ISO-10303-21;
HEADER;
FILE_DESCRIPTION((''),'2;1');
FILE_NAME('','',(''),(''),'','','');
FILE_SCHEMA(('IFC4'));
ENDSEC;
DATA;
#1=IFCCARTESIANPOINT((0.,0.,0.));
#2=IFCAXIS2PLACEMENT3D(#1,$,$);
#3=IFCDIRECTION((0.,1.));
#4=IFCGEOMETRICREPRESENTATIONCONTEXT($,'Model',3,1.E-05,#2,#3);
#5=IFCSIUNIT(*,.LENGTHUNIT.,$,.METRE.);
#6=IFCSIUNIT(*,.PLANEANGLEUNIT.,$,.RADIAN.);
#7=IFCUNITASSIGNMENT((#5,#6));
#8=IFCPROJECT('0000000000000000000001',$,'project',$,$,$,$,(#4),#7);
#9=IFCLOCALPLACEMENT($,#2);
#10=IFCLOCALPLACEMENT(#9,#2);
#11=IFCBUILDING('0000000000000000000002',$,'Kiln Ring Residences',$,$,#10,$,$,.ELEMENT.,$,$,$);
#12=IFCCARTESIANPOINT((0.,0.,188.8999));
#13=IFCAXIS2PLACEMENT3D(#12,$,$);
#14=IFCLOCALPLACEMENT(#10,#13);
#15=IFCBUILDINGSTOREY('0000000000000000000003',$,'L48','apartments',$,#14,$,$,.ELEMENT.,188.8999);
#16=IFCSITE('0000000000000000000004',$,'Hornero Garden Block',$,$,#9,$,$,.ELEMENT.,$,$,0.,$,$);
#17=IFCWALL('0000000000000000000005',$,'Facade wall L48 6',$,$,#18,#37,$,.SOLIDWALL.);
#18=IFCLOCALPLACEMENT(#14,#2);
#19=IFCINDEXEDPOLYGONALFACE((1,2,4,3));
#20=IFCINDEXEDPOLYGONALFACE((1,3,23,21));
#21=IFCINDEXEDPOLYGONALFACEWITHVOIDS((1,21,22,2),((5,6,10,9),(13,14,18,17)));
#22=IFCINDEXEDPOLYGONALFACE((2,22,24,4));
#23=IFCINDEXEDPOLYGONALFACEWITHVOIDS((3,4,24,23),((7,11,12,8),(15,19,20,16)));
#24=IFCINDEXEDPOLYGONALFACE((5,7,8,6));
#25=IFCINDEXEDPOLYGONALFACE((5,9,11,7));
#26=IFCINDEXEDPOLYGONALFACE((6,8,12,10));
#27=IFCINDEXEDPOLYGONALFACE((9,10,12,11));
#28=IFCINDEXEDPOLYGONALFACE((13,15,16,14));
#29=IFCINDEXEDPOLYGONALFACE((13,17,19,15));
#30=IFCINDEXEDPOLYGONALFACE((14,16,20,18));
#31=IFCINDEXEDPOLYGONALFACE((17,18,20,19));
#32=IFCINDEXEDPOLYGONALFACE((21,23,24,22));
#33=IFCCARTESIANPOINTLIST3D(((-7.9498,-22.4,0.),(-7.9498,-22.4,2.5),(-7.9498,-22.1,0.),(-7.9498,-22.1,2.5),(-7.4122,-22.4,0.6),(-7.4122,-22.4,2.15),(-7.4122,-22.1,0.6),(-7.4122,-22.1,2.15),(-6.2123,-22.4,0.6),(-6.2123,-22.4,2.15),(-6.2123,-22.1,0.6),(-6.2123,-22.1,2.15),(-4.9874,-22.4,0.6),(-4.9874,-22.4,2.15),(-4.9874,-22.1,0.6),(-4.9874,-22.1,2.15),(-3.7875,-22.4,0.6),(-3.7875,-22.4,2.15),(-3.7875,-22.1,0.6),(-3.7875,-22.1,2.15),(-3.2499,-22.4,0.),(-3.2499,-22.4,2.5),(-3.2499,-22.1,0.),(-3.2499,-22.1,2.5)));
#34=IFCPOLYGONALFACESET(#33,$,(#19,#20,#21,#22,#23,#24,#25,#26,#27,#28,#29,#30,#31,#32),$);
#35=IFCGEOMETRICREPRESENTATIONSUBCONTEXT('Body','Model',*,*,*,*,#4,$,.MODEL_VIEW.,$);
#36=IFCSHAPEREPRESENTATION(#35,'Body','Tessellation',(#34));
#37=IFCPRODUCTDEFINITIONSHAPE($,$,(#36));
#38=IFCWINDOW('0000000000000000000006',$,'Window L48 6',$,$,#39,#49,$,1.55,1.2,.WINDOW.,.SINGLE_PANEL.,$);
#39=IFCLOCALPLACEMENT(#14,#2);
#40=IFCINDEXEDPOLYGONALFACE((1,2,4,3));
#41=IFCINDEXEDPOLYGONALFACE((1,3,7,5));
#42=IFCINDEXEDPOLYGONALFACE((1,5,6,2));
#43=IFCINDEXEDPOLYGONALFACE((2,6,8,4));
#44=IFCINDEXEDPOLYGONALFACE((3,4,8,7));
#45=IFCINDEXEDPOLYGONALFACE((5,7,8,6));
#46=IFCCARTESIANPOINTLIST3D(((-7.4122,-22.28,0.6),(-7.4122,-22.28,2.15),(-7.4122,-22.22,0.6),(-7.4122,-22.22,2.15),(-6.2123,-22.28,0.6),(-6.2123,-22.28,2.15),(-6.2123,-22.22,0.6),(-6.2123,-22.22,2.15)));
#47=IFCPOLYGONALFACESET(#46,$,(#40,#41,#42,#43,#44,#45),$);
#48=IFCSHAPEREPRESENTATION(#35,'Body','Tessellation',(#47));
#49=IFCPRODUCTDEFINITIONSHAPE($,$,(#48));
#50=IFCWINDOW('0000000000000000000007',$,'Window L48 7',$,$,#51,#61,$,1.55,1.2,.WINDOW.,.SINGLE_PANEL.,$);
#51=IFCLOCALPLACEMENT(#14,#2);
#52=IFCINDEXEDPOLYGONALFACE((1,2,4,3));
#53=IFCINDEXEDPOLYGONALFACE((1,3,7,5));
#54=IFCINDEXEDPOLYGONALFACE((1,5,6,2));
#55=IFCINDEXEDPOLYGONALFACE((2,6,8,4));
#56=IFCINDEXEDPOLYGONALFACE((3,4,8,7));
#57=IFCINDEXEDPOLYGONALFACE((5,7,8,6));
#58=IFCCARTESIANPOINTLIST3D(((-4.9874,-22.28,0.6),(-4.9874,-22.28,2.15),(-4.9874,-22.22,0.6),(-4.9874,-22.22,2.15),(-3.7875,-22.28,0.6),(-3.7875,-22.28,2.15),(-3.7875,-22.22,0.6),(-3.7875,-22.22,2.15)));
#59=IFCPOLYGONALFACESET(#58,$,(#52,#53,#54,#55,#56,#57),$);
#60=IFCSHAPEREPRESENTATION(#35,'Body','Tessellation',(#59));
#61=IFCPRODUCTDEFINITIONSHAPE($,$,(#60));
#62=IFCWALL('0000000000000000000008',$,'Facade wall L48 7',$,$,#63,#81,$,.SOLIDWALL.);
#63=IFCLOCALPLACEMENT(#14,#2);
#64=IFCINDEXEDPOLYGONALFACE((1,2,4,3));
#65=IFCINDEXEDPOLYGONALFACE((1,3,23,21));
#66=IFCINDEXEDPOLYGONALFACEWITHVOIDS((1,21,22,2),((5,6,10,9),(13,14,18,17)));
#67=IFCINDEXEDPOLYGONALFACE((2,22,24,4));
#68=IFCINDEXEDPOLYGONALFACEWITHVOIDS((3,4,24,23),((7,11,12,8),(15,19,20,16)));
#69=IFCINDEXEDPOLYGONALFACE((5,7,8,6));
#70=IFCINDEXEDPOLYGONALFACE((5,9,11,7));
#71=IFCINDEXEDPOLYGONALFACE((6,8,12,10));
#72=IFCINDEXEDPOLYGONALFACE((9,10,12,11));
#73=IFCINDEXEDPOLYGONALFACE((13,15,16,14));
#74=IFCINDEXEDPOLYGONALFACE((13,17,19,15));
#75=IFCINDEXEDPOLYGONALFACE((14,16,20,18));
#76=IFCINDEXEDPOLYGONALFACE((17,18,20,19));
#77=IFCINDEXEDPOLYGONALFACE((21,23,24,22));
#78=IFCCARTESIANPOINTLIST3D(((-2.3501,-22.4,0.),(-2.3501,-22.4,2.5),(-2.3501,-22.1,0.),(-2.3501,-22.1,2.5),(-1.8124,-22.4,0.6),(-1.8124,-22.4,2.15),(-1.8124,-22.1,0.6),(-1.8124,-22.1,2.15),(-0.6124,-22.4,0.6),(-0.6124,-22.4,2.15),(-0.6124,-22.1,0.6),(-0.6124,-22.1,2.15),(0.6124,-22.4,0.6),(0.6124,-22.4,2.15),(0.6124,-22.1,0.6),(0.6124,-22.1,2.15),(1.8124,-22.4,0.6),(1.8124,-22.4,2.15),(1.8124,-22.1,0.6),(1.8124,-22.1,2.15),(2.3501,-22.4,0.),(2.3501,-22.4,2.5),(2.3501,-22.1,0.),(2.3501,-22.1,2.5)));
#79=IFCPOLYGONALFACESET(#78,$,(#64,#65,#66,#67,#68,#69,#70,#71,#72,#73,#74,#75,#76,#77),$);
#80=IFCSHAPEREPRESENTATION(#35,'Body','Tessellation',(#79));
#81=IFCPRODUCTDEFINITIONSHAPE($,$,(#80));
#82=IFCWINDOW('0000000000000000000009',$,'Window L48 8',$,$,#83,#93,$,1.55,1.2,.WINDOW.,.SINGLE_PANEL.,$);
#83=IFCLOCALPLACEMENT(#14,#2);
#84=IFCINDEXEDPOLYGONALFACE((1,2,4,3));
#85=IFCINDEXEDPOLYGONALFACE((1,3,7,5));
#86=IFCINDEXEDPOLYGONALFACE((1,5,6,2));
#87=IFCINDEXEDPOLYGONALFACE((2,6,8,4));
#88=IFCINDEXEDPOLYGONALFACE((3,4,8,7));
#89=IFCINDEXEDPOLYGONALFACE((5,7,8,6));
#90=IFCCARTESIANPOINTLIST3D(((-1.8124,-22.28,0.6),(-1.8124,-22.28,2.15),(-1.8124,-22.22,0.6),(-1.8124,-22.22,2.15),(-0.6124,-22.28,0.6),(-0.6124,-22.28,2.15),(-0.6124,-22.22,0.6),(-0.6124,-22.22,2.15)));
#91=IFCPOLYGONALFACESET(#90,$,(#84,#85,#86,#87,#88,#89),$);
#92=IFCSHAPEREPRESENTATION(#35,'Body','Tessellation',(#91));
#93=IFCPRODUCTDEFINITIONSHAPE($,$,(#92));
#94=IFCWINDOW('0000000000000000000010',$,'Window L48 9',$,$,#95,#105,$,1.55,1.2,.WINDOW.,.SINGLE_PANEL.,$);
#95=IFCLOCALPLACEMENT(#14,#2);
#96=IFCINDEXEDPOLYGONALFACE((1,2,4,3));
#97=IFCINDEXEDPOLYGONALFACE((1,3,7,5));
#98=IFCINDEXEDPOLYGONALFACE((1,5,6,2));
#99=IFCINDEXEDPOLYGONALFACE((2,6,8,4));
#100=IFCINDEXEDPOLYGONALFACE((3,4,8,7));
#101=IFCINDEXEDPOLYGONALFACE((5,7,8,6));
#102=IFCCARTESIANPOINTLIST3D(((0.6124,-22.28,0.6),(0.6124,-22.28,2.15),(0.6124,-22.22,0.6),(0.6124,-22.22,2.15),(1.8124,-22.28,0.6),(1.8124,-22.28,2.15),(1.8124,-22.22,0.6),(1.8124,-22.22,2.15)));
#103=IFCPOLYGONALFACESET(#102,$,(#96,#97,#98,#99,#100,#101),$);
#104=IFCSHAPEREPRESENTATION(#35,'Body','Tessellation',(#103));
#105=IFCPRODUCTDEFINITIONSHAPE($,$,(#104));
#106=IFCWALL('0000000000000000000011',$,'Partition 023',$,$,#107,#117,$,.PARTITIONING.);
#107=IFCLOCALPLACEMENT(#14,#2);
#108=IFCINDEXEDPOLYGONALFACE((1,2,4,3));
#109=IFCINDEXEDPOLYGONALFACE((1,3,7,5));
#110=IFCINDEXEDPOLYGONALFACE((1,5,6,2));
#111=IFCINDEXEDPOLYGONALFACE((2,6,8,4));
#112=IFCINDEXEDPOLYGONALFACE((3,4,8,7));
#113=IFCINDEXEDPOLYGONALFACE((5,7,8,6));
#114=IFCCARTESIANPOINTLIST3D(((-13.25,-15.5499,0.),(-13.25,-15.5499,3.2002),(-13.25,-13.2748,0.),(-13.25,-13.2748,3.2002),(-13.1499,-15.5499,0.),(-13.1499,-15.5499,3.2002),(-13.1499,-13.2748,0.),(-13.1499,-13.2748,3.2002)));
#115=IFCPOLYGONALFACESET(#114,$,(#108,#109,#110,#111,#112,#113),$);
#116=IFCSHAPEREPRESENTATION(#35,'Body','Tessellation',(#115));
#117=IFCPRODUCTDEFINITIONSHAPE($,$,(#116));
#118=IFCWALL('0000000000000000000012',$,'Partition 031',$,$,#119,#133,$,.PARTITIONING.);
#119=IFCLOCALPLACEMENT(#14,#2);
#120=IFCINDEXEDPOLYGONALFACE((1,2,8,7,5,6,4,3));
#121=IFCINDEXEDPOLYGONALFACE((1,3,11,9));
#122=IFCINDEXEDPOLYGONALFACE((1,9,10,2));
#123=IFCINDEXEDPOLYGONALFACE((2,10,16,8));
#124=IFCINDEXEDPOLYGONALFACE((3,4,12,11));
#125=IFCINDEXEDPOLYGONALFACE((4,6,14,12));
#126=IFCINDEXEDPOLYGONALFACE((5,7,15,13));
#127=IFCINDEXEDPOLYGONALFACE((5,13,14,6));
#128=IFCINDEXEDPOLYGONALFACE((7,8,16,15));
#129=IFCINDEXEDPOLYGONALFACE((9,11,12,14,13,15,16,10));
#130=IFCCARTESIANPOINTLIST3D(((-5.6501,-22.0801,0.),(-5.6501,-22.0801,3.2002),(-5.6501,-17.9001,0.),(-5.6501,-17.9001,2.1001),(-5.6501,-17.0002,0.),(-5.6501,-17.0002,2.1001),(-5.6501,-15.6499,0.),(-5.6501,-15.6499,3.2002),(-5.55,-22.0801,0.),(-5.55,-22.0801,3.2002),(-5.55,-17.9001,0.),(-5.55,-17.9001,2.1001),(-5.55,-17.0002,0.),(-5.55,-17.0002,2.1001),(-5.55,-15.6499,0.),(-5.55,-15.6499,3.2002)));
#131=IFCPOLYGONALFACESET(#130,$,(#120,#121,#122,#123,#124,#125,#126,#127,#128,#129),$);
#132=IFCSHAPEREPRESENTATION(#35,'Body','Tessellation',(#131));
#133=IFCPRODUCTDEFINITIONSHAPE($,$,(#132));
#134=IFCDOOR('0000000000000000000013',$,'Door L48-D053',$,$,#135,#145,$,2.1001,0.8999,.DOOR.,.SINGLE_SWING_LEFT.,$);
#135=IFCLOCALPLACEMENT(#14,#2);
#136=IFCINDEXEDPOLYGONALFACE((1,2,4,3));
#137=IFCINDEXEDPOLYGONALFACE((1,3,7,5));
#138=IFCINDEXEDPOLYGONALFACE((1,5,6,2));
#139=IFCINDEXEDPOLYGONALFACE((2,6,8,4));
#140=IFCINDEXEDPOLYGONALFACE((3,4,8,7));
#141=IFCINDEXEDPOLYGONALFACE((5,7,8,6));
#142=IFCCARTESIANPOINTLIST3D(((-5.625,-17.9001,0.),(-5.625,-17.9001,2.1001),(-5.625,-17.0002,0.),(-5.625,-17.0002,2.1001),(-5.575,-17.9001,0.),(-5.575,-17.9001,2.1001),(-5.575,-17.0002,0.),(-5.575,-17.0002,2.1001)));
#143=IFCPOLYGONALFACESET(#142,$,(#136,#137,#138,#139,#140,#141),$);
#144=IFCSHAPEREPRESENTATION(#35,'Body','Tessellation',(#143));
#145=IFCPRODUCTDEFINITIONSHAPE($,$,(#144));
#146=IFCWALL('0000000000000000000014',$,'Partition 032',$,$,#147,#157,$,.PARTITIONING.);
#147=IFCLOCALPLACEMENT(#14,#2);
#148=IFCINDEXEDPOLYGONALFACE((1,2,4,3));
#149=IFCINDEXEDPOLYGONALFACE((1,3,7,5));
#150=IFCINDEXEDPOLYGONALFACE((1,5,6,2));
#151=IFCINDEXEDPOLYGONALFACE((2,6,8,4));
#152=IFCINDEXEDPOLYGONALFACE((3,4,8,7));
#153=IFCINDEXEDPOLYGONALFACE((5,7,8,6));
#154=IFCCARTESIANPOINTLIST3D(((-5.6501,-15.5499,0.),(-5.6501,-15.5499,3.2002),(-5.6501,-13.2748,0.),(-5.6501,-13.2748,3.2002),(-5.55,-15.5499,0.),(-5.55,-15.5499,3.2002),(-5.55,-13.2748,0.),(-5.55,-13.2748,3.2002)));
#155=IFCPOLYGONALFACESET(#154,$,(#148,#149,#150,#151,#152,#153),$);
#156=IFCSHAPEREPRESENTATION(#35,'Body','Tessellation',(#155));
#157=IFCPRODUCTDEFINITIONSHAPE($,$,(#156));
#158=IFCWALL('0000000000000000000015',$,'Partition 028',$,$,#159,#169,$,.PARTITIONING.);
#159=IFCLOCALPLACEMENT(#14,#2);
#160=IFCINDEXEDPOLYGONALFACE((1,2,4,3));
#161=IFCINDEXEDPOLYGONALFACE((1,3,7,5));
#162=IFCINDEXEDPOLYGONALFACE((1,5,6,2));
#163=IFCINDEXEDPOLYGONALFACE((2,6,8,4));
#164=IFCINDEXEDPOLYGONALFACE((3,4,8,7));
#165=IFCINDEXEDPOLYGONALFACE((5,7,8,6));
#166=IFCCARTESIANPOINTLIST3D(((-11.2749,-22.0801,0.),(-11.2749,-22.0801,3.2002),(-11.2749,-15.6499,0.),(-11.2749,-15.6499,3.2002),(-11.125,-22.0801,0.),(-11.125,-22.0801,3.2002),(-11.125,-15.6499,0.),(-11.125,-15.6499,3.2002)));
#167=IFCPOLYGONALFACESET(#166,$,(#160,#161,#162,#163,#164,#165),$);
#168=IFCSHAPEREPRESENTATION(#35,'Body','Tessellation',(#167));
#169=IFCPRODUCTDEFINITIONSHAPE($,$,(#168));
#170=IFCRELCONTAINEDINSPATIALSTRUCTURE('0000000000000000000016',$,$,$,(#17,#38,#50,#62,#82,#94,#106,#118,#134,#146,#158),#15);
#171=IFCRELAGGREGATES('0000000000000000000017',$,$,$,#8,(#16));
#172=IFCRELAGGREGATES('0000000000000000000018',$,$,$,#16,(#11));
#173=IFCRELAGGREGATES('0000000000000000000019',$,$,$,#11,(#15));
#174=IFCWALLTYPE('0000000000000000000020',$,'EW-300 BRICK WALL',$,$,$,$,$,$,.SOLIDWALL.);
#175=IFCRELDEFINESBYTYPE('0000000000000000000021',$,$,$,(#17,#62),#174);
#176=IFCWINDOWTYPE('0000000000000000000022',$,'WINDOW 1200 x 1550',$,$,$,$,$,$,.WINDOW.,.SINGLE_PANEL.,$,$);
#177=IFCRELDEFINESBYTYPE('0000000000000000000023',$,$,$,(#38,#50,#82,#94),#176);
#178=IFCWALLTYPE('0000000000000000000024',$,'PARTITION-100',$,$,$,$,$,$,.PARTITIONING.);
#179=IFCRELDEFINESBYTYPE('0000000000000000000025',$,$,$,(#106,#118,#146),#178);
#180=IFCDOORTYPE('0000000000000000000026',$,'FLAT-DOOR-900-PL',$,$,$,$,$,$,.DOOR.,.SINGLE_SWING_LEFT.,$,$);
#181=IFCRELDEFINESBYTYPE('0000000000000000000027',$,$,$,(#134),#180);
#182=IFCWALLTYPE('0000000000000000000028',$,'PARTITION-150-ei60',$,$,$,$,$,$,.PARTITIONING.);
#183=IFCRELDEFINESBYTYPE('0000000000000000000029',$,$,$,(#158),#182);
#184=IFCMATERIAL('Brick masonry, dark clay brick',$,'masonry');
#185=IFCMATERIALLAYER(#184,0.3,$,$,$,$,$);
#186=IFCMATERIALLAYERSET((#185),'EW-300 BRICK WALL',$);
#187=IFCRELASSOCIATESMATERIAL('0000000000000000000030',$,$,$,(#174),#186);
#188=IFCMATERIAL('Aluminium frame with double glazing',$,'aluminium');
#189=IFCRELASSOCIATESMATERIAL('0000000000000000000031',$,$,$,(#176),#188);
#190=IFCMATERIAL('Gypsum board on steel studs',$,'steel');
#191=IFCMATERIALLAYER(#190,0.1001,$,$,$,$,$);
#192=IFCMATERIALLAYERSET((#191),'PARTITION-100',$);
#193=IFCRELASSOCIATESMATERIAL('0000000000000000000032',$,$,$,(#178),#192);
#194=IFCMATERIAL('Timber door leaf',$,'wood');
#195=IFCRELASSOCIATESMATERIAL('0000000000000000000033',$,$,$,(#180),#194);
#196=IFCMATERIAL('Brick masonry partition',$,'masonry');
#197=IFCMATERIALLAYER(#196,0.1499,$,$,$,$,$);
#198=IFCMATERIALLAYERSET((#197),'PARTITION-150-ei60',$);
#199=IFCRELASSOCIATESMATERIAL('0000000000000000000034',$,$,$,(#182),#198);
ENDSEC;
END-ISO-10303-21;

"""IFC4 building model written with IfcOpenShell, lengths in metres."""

from ifc_helpers import new_model, si_unit, direction, frame, frame_2d, origin, place, context, subcontext, project, spatial, rectangle, extrude, material, layer, layer_set, type_object, element, fill, save


model = new_model("IFC4")

# Units and contexts
model_context = context("Model", 3, precision=1e-05, world=origin(), true_north=direction((0.0, 1.0)))
body_context = subcontext(model_context, "Body", "Model", "MODEL_VIEW")
ifc_project = project(units=[si_unit("LENGTHUNIT", "METRE"), si_unit("PLANEANGLEUNIT", "RADIAN")], contexts=[model_context])

# Site, building, storey
site_placement = place(None, origin())
site = spatial("IfcSite", under=ifc_project, at=site_placement, Name="Hornero Garden Block", CompositionType="ELEMENT", RefElevation=0.0)
building_placement = place(site_placement, origin())
building = spatial("IfcBuilding", under=site, at=building_placement, Name="Kiln Ring Residences", CompositionType="ELEMENT")
storey_placement = place(building_placement, frame((0.0, 0.0, 188.8999)))
storey = spatial("IfcBuildingStorey", under=building, at=storey_placement, Name="L48", Description="apartments", CompositionType="ELEMENT", Elevation=188.8999)

# Walls, openings, windows
ifc_material_1 = material(Name="Brick masonry, dark clay brick", Category="masonry")
ifc_layer_1 = layer(ifc_material_1, 0.3)
ifc_layer_set_1 = layer_set([ifc_layer_1], Name="EW-300 BRICK WALL")
wall_type_1 = type_object("IfcWallType", Name="EW-300 BRICK WALL", PredefinedType="SOLIDWALL", material=ifc_layer_set_1)
ifc_material_2 = material(Name="Aluminium frame with double glazing", Category="aluminium")
window_type = type_object("IfcWindowType", Name="WINDOW 1200 x 1550", PartitioningType="SINGLE_PANEL", PredefinedType="WINDOW", material=ifc_material_2)
wall_1_placement = place(storey_placement, frame((-7.95, -22.25, 0.0), z_axis=(0.0, 0.0, 1.0), x_axis=(1.0, 0.0, 0.0)))
wall_1 = element("IfcWall", 1, at=wall_1_placement, inside=storey, type_object=wall_type_1, Name="Facade wall L48 6", PredefinedType="SOLIDWALL", context=body_context, shape_type="SweptSolid", body=[
    extrude(rectangle(XDim=4.7, YDim=0.3, at=frame_2d((2.3501, 0.0))), origin(), (0.0, 0.0, 1.0), 2.5),
])
opening_1_placement = place(wall_1_placement, frame((0.5376, 0.0, 0.6001)))
opening_1 = element("IfcOpeningElement", 2, at=opening_1_placement, cuts=wall_1, PredefinedType="OPENING", context=body_context, shape_type="SweptSolid", body=[
    extrude(rectangle(XDim=1.2, YDim=1.55, at=frame_2d((0.6001, 0.7749))), frame((0.0, 0.1599, 0.0), z_axis=(0.0, -1.0, 0.0), x_axis=(1.0, 0.0, 0.0)), (0.0, 0.0, 1.0), 0.3201),
])
opening_2_placement = place(wall_1_placement, frame((2.9624, 0.0, 0.6001)))
opening_2 = element("IfcOpeningElement", 3, at=opening_2_placement, cuts=wall_1, PredefinedType="OPENING", context=body_context, shape_type="SweptSolid", body=[
    extrude(rectangle(XDim=1.2, YDim=1.55, at=frame_2d((0.6001, 0.7749))), frame((0.0, 0.1599, 0.0), z_axis=(0.0, -1.0, 0.0), x_axis=(1.0, 0.0, 0.0)), (0.0, 0.0, 1.0), 0.3201),
])
window_1_placement = place(opening_1_placement, origin())
window_1 = element("IfcWindow", 4, at=window_1_placement, inside=storey, type_object=window_type, Name="Window L48 6", OverallHeight=1.55, OverallWidth=1.2, PartitioningType="SINGLE_PANEL", PredefinedType="WINDOW", context=body_context, shape_type="SweptSolid", body=[
    extrude(rectangle(XDim=1.2, YDim=1.55, at=frame_2d((0.6001, 0.7749))), frame((0.0, 0.03, 0.0), z_axis=(0.0, -1.0, 0.0), x_axis=(1.0, 0.0, 0.0)), (0.0, 0.0, 1.0), 0.0601),
])
fill(opening_1, window_1)
window_2_placement = place(opening_2_placement, origin())
window_2 = element("IfcWindow", 5, at=window_2_placement, inside=storey, type_object=window_type, Name="Window L48 7", OverallHeight=1.55, OverallWidth=1.2, PartitioningType="SINGLE_PANEL", PredefinedType="WINDOW", context=body_context, shape_type="SweptSolid", body=[
    extrude(rectangle(XDim=1.2, YDim=1.55, at=frame_2d((0.6001, 0.7749))), frame((0.0, 0.03, 0.0), z_axis=(0.0, -1.0, 0.0), x_axis=(1.0, 0.0, 0.0)), (0.0, 0.0, 1.0), 0.0601),
])
fill(opening_2, window_2)
wall_2_placement = place(storey_placement, frame((-2.3501, -22.25, 0.0), z_axis=(0.0, 0.0, 1.0), x_axis=(1.0, 0.0, 0.0)))
wall_2 = element("IfcWall", 6, at=wall_2_placement, inside=storey, type_object=wall_type_1, Name="Facade wall L48 7", PredefinedType="SOLIDWALL", context=body_context, shape_type="SweptSolid", body=[
    extrude(rectangle(XDim=4.7002, YDim=0.3, at=frame_2d((2.3501, 0.0))), origin(), (0.0, 0.0, 1.0), 2.5),
])
opening_3_placement = place(wall_2_placement, frame((0.5376, 0.0, 0.6001)))
opening_3 = element("IfcOpeningElement", 7, at=opening_3_placement, cuts=wall_2, PredefinedType="OPENING", context=body_context, shape_type="SweptSolid", body=[
    extrude(rectangle(XDim=1.2, YDim=1.55, at=frame_2d((0.6001, 0.7749))), frame((0.0, 0.1599, 0.0), z_axis=(0.0, -1.0, 0.0), x_axis=(1.0, 0.0, 0.0)), (0.0, 0.0, 1.0), 0.3201),
])
opening_4_placement = place(wall_2_placement, frame((2.9624, 0.0, 0.6001)))
opening_4 = element("IfcOpeningElement", 8, at=opening_4_placement, cuts=wall_2, PredefinedType="OPENING", context=body_context, shape_type="SweptSolid", body=[
    extrude(rectangle(XDim=1.2, YDim=1.55, at=frame_2d((0.6001, 0.7749))), frame((0.0, 0.1599, 0.0), z_axis=(0.0, -1.0, 0.0), x_axis=(1.0, 0.0, 0.0)), (0.0, 0.0, 1.0), 0.3201),
])
window_3_placement = place(opening_3_placement, origin())
window_3 = element("IfcWindow", 9, at=window_3_placement, inside=storey, type_object=window_type, Name="Window L48 8", OverallHeight=1.55, OverallWidth=1.2, PartitioningType="SINGLE_PANEL", PredefinedType="WINDOW", context=body_context, shape_type="SweptSolid", body=[
    extrude(rectangle(XDim=1.2, YDim=1.55, at=frame_2d((0.6001, 0.7749))), frame((0.0, 0.03, 0.0), z_axis=(0.0, -1.0, 0.0), x_axis=(1.0, 0.0, 0.0)), (0.0, 0.0, 1.0), 0.0601),
])
fill(opening_3, window_3)
window_4_placement = place(opening_4_placement, origin())
window_4 = element("IfcWindow", 10, at=window_4_placement, inside=storey, type_object=window_type, Name="Window L48 9", OverallHeight=1.55, OverallWidth=1.2, PartitioningType="SINGLE_PANEL", PredefinedType="WINDOW", context=body_context, shape_type="SweptSolid", body=[
    extrude(rectangle(XDim=1.2, YDim=1.55, at=frame_2d((0.6001, 0.7749))), frame((0.0, 0.03, 0.0), z_axis=(0.0, -1.0, 0.0), x_axis=(1.0, 0.0, 0.0)), (0.0, 0.0, 1.0), 0.0601),
])
fill(opening_4, window_4)

# Wall
ifc_material_3 = material(Name="Gypsum board on steel studs", Category="steel")
ifc_layer_2 = layer(ifc_material_3, 0.1001)
ifc_layer_set_2 = layer_set([ifc_layer_2], Name="PARTITION-100")
wall_type_2 = type_object("IfcWallType", Name="PARTITION-100", PredefinedType="PARTITIONING", material=ifc_layer_set_2)
wall_3_placement = place(storey_placement, frame((-13.2, -15.55, 0.0), z_axis=(0.0, 0.0, 1.0), x_axis=(0.0, 1.0, 0.0)))
element("IfcWall", 11, at=wall_3_placement, inside=storey, type_object=wall_type_2, Name="Partition 023", PredefinedType="PARTITIONING", context=body_context, shape_type="SweptSolid", body=[
    extrude(rectangle(XDim=2.2751, YDim=0.1001, at=frame_2d((1.1377, 0.0))), origin(), (0.0, 0.0, 1.0), 3.2002),
])

# Wall, opening, door
wall_4_placement = place(storey_placement, frame((-5.6001, -22.0801, 0.0), z_axis=(0.0, 0.0, 1.0), x_axis=(0.0, 1.0, 0.0)))
wall_4 = element("IfcWall", 12, at=wall_4_placement, inside=storey, type_object=wall_type_2, Name="Partition 031", PredefinedType="PARTITIONING", context=body_context, shape_type="SweptSolid", body=[
    extrude(rectangle(XDim=6.4302, YDim=0.1001, at=frame_2d((3.2151, 0.0))), origin(), (0.0, 0.0, 1.0), 3.2002),
])
opening_5_placement = place(wall_4_placement, frame((4.1799, 0.0, 0.0)))
opening_5 = element("IfcOpeningElement", 13, at=opening_5_placement, cuts=wall_4, PredefinedType="OPENING", context=body_context, shape_type="SweptSolid", body=[
    extrude(rectangle(XDim=0.8999, YDim=2.1001, at=frame_2d((0.45, 1.05))), frame((0.0, 0.0601, 0.0), z_axis=(0.0, -1.0, 0.0), x_axis=(1.0, 0.0, 0.0)), (0.0, 0.0, 1.0), 0.1201),
])
ifc_material_4 = material(Name="Timber door leaf", Category="wood")
door_type = type_object("IfcDoorType", Name="FLAT-DOOR-900-PL", OperationType="SINGLE_SWING_LEFT", PredefinedType="DOOR", material=ifc_material_4)
door_placement = place(opening_5_placement, origin())
door = element("IfcDoor", 14, at=door_placement, inside=storey, type_object=door_type, Name="Door L48-D053", OperationType="SINGLE_SWING_LEFT", OverallHeight=2.1001, OverallWidth=0.8999, PredefinedType="DOOR", context=body_context, shape_type="SweptSolid", body=[
    extrude(rectangle(XDim=0.8999, YDim=2.1001, at=frame_2d((0.45, 1.05))), frame((0.0, 0.0249, 0.0), z_axis=(0.0, -1.0, 0.0), x_axis=(1.0, 0.0, 0.0)), (0.0, 0.0, 1.0), 0.05),
])
fill(opening_5, door)

# Walls
wall_5_placement = place(storey_placement, frame((-5.6001, -15.55, 0.0), z_axis=(0.0, 0.0, 1.0), x_axis=(0.0, 1.0, 0.0)))
element("IfcWall", 15, at=wall_5_placement, inside=storey, type_object=wall_type_2, Name="Partition 032", PredefinedType="PARTITIONING", context=body_context, shape_type="SweptSolid", body=[
    extrude(rectangle(XDim=2.2751, YDim=0.1001, at=frame_2d((1.1377, 0.0))), origin(), (0.0, 0.0, 1.0), 3.2002),
])
ifc_material_5 = material(Name="Brick masonry partition", Category="masonry")
ifc_layer_3 = layer(ifc_material_5, 0.1499)
ifc_layer_set_3 = layer_set([ifc_layer_3], Name="PARTITION-150-ei60")
wall_type_3 = type_object("IfcWallType", Name="PARTITION-150-ei60", PredefinedType="PARTITIONING", material=ifc_layer_set_3)
wall_6_placement = place(storey_placement, frame((-11.2, -22.0801, 0.0), z_axis=(0.0, 0.0, 1.0), x_axis=(0.0, 1.0, 0.0)))
element("IfcWall", 16, at=wall_6_placement, inside=storey, type_object=wall_type_3, Name="Partition 028", PredefinedType="PARTITIONING", context=body_context, shape_type="SweptSolid", body=[
    extrude(rectangle(XDim=6.4302, YDim=0.1499, at=frame_2d((3.2151, 0.0))), origin(), (0.0, 0.0, 1.0), 3.2002),
])

save(model, "model.ifc")
